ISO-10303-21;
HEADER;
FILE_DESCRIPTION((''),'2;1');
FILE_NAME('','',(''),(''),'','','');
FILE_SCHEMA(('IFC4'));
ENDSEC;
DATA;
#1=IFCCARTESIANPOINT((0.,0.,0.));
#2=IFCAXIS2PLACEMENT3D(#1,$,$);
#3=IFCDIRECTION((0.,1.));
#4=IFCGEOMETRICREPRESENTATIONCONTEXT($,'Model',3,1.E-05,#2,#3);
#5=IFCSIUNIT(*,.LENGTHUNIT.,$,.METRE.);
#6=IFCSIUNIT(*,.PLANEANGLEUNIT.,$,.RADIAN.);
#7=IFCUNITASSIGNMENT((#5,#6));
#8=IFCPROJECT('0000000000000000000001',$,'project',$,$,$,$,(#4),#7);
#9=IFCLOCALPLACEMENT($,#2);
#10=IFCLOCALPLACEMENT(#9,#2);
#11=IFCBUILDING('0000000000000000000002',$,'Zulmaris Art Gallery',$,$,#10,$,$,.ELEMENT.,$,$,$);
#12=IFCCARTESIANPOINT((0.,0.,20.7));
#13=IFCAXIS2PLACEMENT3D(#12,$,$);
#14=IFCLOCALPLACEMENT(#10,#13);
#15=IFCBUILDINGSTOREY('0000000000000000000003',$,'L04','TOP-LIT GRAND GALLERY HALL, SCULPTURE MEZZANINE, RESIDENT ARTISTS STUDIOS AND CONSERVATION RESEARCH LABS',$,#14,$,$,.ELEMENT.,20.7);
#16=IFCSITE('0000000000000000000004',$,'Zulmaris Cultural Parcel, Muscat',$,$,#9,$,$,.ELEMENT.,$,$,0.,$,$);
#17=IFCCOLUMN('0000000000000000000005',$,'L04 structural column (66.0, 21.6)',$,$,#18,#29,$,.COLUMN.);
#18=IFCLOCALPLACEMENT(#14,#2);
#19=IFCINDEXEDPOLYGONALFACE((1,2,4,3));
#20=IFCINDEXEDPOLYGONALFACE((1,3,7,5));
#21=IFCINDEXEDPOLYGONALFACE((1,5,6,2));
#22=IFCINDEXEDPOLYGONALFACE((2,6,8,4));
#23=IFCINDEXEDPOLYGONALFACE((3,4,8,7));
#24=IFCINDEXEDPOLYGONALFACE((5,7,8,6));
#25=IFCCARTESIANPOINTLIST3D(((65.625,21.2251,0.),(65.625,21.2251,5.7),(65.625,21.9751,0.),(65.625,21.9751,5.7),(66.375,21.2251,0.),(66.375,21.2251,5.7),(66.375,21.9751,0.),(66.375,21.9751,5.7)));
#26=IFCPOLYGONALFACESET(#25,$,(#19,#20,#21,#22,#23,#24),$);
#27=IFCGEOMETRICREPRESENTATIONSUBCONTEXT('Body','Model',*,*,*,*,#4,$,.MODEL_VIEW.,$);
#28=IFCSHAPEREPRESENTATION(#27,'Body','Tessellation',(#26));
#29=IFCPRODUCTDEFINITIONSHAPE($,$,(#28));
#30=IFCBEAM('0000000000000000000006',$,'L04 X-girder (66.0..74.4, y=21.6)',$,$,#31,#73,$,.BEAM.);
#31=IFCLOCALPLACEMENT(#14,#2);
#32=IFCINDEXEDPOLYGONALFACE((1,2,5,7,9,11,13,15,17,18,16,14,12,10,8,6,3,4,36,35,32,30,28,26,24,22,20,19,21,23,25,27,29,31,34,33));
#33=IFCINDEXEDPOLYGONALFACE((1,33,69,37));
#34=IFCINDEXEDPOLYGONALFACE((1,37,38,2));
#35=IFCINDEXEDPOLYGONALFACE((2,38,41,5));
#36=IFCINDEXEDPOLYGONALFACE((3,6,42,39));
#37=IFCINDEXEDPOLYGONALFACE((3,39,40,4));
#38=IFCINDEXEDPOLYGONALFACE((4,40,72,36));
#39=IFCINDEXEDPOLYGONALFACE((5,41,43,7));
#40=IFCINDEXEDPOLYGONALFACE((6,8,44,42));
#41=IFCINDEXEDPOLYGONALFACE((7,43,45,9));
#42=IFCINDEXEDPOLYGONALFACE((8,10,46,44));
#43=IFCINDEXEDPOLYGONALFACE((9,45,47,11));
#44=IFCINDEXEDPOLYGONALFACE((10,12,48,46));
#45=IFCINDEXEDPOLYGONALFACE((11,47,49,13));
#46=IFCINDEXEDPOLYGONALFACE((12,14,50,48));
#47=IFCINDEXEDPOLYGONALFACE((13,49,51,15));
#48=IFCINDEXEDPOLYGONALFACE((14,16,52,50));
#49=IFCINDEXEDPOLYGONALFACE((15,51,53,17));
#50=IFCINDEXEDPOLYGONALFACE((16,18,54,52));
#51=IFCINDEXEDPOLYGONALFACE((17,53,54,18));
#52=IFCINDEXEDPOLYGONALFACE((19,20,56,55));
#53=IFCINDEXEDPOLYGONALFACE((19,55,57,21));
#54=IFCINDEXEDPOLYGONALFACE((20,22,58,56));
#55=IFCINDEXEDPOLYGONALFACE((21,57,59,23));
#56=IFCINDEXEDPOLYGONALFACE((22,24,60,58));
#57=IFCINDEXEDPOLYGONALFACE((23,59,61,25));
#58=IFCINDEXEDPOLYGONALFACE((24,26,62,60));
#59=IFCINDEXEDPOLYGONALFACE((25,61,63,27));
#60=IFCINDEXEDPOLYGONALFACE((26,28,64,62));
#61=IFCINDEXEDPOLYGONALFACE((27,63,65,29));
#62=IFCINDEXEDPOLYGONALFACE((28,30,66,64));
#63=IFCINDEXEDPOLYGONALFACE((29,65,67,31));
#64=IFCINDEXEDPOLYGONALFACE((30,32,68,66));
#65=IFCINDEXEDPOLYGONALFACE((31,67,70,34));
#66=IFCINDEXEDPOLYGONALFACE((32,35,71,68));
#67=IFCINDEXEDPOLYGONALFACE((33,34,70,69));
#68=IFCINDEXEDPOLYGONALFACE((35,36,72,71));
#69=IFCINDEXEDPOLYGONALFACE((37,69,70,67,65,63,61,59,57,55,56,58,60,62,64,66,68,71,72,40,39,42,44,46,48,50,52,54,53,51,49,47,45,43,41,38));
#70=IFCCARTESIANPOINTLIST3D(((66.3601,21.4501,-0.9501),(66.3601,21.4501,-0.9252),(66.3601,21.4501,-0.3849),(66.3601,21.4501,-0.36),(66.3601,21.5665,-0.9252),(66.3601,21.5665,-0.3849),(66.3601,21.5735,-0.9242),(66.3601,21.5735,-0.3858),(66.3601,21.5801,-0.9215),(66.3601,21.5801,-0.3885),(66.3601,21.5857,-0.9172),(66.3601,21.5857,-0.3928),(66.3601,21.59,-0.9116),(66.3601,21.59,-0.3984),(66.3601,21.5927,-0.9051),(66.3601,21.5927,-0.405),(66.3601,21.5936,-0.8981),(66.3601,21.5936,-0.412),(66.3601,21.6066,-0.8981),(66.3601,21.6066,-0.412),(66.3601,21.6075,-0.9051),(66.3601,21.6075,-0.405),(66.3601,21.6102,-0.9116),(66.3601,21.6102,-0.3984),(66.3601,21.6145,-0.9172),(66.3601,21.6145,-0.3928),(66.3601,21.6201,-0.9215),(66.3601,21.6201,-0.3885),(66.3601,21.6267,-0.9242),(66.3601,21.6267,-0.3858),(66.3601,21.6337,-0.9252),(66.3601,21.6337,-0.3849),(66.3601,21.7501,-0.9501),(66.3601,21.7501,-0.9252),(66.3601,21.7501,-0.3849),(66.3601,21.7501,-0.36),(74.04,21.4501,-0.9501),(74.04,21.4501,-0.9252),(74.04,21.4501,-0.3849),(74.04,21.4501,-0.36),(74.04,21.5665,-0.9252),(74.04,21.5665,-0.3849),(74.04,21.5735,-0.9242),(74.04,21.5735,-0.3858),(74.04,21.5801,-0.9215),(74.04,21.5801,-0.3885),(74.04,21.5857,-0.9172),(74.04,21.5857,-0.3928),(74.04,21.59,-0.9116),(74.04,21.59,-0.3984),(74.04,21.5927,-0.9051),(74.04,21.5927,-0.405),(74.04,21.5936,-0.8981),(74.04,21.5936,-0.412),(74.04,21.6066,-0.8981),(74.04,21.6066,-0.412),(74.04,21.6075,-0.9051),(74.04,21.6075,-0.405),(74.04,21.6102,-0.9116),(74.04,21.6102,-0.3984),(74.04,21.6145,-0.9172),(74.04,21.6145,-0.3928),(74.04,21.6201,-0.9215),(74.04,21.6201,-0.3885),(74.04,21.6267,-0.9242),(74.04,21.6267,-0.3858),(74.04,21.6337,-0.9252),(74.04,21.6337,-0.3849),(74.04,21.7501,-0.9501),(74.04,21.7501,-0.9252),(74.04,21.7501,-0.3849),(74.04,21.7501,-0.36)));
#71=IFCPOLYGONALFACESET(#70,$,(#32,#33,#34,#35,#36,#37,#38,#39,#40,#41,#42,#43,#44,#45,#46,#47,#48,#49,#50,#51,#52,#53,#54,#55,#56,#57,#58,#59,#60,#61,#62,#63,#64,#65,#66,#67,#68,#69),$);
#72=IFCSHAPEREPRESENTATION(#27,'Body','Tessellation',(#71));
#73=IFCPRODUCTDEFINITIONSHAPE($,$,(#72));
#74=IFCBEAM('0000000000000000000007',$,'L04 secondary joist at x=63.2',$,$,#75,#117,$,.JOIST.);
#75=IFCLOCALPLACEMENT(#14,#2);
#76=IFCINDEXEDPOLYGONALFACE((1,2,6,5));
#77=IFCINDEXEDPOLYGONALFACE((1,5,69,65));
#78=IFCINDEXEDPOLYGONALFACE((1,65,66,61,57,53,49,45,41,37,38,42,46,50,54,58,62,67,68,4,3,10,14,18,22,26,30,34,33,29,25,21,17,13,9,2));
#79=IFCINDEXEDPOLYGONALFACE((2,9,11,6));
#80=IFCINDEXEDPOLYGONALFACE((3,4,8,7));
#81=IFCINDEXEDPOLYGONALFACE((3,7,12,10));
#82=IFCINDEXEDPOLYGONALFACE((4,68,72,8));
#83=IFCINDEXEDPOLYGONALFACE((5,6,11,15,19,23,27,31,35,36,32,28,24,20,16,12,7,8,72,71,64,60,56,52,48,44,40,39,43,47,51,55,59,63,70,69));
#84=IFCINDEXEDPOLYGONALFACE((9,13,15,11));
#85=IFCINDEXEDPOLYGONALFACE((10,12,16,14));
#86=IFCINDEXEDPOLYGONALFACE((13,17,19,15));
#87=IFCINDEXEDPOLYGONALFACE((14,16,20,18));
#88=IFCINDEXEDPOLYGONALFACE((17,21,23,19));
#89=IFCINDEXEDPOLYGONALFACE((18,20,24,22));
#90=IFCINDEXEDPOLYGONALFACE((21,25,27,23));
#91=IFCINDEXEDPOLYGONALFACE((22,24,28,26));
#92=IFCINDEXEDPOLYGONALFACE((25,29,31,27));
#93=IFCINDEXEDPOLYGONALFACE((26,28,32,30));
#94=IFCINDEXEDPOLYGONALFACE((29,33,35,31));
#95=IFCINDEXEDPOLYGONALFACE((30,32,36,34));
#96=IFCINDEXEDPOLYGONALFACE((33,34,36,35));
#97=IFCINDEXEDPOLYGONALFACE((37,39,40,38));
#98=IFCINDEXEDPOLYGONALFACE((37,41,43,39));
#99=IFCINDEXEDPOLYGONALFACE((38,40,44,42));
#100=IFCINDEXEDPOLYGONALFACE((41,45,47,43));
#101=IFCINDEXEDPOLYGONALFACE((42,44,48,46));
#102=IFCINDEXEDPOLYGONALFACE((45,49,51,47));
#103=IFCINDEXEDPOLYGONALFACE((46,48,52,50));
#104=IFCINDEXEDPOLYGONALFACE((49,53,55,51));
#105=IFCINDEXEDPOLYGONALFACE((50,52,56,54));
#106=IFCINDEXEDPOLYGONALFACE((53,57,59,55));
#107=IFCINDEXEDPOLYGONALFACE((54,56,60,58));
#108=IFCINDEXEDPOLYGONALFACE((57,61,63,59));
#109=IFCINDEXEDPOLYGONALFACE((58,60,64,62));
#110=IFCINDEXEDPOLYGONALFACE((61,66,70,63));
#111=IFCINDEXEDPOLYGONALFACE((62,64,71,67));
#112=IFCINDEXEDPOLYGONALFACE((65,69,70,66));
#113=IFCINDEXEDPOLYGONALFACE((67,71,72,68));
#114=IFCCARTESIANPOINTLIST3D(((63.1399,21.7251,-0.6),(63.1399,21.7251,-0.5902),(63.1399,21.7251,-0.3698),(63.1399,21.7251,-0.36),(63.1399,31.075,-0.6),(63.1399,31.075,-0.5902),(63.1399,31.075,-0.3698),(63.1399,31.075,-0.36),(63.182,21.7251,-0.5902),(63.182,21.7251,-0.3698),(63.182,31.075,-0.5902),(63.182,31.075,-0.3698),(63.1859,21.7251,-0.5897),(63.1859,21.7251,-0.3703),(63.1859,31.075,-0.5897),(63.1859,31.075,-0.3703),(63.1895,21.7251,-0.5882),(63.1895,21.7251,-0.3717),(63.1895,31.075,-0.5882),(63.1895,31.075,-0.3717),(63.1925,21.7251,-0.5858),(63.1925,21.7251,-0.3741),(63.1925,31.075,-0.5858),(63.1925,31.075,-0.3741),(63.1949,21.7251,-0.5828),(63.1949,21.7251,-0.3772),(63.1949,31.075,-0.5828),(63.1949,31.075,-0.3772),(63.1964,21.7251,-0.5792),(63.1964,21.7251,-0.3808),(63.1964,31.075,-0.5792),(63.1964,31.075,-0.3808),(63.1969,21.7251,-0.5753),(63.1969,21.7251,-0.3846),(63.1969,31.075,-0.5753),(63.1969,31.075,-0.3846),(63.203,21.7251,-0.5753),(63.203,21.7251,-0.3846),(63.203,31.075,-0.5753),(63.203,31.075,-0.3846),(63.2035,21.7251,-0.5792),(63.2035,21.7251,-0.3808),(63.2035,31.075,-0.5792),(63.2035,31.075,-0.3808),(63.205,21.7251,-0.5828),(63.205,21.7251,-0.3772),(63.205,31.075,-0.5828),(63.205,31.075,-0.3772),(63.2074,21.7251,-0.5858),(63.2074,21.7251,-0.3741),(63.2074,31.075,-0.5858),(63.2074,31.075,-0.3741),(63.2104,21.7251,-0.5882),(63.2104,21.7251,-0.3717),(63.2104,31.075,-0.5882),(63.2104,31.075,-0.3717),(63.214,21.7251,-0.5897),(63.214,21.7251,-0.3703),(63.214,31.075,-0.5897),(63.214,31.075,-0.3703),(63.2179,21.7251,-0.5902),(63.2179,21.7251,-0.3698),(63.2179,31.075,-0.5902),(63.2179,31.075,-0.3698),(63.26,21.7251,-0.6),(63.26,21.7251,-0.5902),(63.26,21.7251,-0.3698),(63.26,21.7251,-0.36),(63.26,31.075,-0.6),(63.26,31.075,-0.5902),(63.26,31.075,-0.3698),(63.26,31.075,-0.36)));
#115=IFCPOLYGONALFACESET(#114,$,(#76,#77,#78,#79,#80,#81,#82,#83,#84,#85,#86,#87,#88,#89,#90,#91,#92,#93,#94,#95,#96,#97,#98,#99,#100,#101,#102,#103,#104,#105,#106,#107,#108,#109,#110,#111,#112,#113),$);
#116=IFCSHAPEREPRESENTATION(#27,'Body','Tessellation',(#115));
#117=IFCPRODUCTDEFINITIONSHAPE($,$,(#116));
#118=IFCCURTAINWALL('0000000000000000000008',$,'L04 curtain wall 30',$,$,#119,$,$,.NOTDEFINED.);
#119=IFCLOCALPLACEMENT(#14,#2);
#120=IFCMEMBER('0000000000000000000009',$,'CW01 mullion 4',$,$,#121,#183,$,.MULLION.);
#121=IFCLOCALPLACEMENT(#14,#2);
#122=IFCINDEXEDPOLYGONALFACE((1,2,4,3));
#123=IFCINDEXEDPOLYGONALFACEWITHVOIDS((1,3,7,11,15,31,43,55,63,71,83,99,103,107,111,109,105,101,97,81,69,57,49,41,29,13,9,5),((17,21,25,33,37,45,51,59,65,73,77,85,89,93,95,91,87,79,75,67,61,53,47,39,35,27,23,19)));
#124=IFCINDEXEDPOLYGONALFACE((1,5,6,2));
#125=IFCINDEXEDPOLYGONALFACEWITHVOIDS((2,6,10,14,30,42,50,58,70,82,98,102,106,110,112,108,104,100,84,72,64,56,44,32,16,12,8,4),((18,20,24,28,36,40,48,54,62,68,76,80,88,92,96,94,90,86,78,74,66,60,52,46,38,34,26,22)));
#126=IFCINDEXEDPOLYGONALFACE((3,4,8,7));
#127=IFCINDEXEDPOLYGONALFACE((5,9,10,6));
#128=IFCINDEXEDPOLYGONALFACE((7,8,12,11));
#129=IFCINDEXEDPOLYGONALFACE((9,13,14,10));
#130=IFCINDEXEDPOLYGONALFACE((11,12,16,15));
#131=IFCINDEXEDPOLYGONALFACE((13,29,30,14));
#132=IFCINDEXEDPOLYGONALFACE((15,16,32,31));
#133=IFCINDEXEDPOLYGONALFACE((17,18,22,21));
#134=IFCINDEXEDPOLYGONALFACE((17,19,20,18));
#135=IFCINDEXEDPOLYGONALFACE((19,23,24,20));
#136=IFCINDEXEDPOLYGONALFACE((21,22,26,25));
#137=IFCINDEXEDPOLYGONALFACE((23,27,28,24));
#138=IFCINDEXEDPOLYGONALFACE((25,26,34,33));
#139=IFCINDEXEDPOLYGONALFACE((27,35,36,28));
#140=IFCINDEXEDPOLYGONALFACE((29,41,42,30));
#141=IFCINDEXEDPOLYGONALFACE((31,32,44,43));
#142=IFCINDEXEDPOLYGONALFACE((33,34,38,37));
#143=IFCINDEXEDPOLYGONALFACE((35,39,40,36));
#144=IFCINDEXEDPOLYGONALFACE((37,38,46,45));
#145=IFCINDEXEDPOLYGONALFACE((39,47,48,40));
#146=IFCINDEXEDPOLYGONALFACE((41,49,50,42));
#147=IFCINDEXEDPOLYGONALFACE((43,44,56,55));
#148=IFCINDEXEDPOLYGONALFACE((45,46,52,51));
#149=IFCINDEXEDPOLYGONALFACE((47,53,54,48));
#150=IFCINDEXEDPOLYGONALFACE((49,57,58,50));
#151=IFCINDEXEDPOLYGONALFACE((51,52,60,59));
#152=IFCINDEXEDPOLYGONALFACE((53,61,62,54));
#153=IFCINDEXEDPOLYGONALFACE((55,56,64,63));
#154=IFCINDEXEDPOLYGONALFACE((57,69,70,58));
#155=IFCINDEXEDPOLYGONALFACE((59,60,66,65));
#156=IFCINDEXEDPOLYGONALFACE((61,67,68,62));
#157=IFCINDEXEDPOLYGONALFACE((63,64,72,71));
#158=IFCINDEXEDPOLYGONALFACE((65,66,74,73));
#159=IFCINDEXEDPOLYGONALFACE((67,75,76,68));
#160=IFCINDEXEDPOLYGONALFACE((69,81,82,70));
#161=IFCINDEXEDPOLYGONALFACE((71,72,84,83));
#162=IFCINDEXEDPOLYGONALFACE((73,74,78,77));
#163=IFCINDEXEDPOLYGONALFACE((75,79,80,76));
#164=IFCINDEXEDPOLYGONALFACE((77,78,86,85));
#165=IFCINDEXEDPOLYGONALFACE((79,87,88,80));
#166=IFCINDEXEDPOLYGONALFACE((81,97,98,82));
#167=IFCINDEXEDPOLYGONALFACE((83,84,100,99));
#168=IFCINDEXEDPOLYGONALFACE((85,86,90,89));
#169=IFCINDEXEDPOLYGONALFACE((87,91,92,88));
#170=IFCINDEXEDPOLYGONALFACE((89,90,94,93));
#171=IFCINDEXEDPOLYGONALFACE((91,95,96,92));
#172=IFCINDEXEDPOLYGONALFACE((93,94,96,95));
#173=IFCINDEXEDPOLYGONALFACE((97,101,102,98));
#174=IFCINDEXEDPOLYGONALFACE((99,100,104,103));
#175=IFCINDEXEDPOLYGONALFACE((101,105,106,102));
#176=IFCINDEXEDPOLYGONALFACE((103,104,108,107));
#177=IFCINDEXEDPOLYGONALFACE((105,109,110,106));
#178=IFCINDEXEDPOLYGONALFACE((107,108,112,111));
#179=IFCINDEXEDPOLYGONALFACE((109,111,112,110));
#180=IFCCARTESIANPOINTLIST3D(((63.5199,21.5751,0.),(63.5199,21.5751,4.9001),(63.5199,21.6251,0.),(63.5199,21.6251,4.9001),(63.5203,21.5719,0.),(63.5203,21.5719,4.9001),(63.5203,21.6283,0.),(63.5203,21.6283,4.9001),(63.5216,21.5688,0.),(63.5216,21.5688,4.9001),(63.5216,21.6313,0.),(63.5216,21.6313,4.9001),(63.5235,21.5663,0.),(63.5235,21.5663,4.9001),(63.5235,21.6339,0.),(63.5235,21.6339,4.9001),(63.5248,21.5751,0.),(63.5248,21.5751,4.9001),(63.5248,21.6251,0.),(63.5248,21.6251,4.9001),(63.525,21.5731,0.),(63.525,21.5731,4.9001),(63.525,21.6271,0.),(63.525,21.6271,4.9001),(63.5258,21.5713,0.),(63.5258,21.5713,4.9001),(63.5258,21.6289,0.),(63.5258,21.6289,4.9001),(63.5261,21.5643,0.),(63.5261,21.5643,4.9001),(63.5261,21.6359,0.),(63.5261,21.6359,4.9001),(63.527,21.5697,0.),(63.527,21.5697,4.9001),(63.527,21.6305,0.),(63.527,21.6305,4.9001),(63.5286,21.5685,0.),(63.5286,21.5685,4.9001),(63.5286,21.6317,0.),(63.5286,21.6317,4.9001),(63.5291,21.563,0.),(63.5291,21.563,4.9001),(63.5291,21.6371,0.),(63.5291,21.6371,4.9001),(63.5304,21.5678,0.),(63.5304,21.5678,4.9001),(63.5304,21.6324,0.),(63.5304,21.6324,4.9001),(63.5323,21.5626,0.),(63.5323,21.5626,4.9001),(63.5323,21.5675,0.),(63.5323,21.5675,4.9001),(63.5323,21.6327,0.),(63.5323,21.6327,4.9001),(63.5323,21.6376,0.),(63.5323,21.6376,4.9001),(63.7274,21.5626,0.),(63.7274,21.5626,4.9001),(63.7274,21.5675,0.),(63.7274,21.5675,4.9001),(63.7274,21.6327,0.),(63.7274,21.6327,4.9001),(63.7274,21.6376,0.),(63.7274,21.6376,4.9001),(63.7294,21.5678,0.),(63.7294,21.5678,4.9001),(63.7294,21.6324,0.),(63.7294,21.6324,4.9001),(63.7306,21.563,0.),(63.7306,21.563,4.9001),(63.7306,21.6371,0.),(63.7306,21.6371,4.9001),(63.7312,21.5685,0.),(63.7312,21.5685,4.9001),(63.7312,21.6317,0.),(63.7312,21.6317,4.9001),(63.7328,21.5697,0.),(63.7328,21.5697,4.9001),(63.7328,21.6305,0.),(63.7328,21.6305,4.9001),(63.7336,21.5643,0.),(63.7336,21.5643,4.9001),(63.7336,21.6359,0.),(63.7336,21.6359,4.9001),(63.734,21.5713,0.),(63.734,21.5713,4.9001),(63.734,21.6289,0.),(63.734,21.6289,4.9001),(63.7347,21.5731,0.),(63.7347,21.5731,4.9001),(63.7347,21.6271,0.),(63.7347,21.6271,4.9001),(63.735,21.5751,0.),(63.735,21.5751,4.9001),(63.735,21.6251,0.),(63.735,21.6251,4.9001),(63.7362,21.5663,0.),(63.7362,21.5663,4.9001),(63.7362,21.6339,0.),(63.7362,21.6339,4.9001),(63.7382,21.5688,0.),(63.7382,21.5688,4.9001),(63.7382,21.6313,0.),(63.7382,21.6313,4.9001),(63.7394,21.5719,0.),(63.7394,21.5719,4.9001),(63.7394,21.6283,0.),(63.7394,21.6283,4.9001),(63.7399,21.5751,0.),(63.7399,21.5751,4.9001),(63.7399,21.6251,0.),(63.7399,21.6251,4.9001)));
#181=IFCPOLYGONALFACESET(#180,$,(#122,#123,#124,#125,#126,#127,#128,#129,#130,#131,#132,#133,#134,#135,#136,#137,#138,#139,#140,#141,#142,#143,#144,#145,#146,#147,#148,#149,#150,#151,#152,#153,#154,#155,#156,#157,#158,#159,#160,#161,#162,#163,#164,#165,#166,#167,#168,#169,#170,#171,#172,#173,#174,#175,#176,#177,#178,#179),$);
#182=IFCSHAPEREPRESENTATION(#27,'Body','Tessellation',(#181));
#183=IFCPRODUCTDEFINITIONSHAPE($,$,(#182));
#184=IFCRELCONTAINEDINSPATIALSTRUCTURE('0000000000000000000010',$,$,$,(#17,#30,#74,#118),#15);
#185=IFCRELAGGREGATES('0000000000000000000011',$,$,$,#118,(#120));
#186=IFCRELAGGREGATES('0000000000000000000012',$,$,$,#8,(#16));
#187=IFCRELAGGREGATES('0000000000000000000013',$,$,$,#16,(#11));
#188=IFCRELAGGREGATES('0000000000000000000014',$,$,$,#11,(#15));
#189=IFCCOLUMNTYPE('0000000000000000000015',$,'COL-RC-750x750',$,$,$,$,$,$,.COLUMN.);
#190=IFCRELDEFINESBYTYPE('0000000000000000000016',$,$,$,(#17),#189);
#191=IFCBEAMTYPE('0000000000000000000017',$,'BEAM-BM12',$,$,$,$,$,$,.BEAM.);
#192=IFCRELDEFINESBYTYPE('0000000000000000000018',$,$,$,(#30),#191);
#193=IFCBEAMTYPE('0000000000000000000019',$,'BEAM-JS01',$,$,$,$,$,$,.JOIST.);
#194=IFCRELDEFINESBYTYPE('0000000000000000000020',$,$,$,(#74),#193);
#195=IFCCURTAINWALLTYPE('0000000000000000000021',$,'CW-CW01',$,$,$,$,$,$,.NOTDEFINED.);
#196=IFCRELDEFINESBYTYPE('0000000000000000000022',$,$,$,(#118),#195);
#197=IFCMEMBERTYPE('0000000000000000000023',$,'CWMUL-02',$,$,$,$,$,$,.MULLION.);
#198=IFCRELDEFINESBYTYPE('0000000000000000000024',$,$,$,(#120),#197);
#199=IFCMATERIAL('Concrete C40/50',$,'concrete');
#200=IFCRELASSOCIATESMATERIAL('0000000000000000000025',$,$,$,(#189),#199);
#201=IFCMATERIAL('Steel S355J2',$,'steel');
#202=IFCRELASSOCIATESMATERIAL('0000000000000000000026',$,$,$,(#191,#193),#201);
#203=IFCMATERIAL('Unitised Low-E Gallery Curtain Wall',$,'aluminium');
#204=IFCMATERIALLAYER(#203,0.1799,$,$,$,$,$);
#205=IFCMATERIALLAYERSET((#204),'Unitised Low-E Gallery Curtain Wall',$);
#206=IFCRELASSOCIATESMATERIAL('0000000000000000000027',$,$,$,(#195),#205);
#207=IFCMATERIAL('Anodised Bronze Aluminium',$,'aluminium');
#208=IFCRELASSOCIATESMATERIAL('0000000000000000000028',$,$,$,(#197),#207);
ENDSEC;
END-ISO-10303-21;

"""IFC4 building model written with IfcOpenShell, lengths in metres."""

from ifc_helpers import new_model, si_unit, direction, frame, origin, origin_2d, place, context, subcontext, project, spatial, rectangle, hollow_rectangle, i_section, extrude, material, layer, layer_set, material_profile, profile_set, type_object, element, aggregate, save


model = new_model("IFC4")

# Units and contexts
model_context = context("Model", 3, precision=1e-05, world=origin(), true_north=direction((0.0, 1.0)))
body_context = subcontext(model_context, "Body", "Model", "MODEL_VIEW")
ifc_project = project(units=[si_unit("LENGTHUNIT", "METRE"), si_unit("PLANEANGLEUNIT", "RADIAN")], contexts=[model_context])

# Site, building, storey
site_placement = place(None, origin())
site = spatial("IfcSite", under=ifc_project, at=site_placement, Name="Zulmaris Cultural Parcel, Muscat", CompositionType="ELEMENT", RefElevation=0.0)
building_placement = place(site_placement, origin())
building = spatial("IfcBuilding", under=site, at=building_placement, Name="Zulmaris Art Gallery", CompositionType="ELEMENT")
storey_placement = place(building_placement, frame((0.0, 0.0, 20.7)))
storey = spatial("IfcBuildingStorey", under=building, at=storey_placement, Name="L04", Description="TOP-LIT GRAND GALLERY HALL, SCULPTURE MEZZANINE, RESIDENT ARTISTS STUDIOS AND CONSERVATION RESEARCH LABS", CompositionType="ELEMENT", Elevation=20.7)

# Column
ifc_material_1 = material(Name="Concrete C40/50", Category="concrete")
ifc_material_profile_1 = material_profile(ifc_material_1, rectangle(XDim=0.75, YDim=0.75, at=origin_2d()), Name="RC 750x750")
ifc_profile_set_1 = profile_set([ifc_material_profile_1], Name="Concrete C40/50")
column_type = type_object("IfcColumnType", Name="COL-RC-750x750", PredefinedType="COLUMN", material=ifc_profile_set_1)
column_placement = place(storey_placement, frame((66.0, 21.6001, 0.0), z_axis=(0.0, 0.0, 1.0), x_axis=(1.0, 0.0, 0.0)))
element("IfcColumn", 1, at=column_placement, inside=storey, type_object=column_type, Name="L04 structural column (66.0, 21.6)", PredefinedType="COLUMN", context=body_context, shape_type="SweptSolid", body=[
    extrude(rectangle(XDim=0.75, YDim=0.75, at=origin_2d()), origin(), (0.0, 0.0, 1.0), 5.7),
])

# Beams
ifc_material_2 = material(Name="Steel S355J2", Category="steel")
ifc_material_profile_2 = material_profile(ifc_material_2, i_section(OverallWidth=0.3, OverallDepth=0.5901, WebThickness=0.0129, FlangeThickness=0.0249, FilletRadius=0.0271, at=origin_2d()), Name="HEA 600")
ifc_profile_set_2 = profile_set([ifc_material_profile_2], Name="Steel S355J2")
beam_type_1 = type_object("IfcBeamType", Name="BEAM-BM12", PredefinedType="BEAM", material=ifc_profile_set_2)
beam_1_placement = place(storey_placement, frame((66.3601, 21.6001, -0.655), z_axis=(1.0, 0.0, 0.0), x_axis=(0.0, 1.0, 0.0)))
element("IfcBeam", 2, at=beam_1_placement, inside=storey, type_object=beam_type_1, Name="L04 X-girder (66.0..74.4, y=21.6)", PredefinedType="BEAM", context=body_context, shape_type="SweptSolid", body=[
    extrude(i_section(OverallWidth=0.3, OverallDepth=0.5901, WebThickness=0.0129, FlangeThickness=0.0249, FilletRadius=0.0271, at=origin_2d()), origin(), (0.0, 0.0, 1.0), 7.6799),
])
ifc_material_profile_3 = material_profile(ifc_material_2, i_section(OverallWidth=0.1201, OverallDepth=0.24, WebThickness=0.0061, FlangeThickness=0.0098, FilletRadius=0.0149, at=origin_2d()), Name="IPE 240")
ifc_profile_set_3 = profile_set([ifc_material_profile_3], Name="Steel S355J2")
beam_type_2 = type_object("IfcBeamType", Name="BEAM-JS01", PredefinedType="JOIST", material=ifc_profile_set_3)
beam_2_placement = place(storey_placement, frame((63.2, 21.7251, -0.48), z_axis=(0.0, 1.0, 0.0), x_axis=(-1.0, 0.0, 0.0)))
element("IfcBeam", 3, at=beam_2_placement, inside=storey, type_object=beam_type_2, Name="L04 secondary joist at x=63.2", PredefinedType="JOIST", context=body_context, shape_type="SweptSolid", body=[
    extrude(i_section(OverallWidth=0.1201, OverallDepth=0.24, WebThickness=0.0061, FlangeThickness=0.0098, FilletRadius=0.0149, at=origin_2d()), origin(), (0.0, 0.0, 1.0), 9.3499),
])

# Curtain wall, member
ifc_material_3 = material(Name="Unitised Low-E Gallery Curtain Wall", Category="aluminium")
ifc_layer_1 = layer(ifc_material_3, 0.1799)
ifc_layer_set_1 = layer_set([ifc_layer_1], Name="Unitised Low-E Gallery Curtain Wall")
curtain_wall_type_1 = type_object("IfcCurtainWallType", Name="CW-CW01", PredefinedType="NOTDEFINED", material=ifc_layer_set_1)
curtain_wall_1_placement = place(storey_placement, origin())
curtain_wall_1 = element("IfcCurtainWall", 4, at=curtain_wall_1_placement, inside=storey, type_object=curtain_wall_type_1, Name="L04 curtain wall 30", PredefinedType="NOTDEFINED")
ifc_material_4 = material(Name="Anodised Bronze Aluminium", Category="aluminium")
ifc_material_profile_4 = material_profile(ifc_material_4, hollow_rectangle(XDim=0.075, YDim=0.22, WallThickness=0.0049, InnerFilletRadius=0.0076, OuterFilletRadius=0.0125, at=origin_2d()), Name="ALU 75x220x5")
ifc_profile_set_4 = profile_set([ifc_material_profile_4], Name="Anodised Bronze Aluminium")
member_type_1 = type_object("IfcMemberType", Name="CWMUL-02", PredefinedType="MULLION", material=ifc_profile_set_4)
member_1_placement = place(storey_placement, frame((63.6299, 21.6001, 0.0), z_axis=(0.0, 0.0, 1.0), x_axis=(0.0, 1.0, 0.0)))
member_1 = element("IfcMember", 5, at=member_1_placement, type_object=member_type_1, Name="CW01 mullion 4", PredefinedType="MULLION", context=body_context, shape_type="SweptSolid", body=[
    extrude(hollow_rectangle(XDim=0.075, YDim=0.22, WallThickness=0.0049, InnerFilletRadius=0.0076, OuterFilletRadius=0.0125, at=origin_2d()), origin(), (0.0, 0.0, 1.0), 4.9001),
])

aggregate(curtain_wall_1, [member_1])

save(model, "model.ifc")
